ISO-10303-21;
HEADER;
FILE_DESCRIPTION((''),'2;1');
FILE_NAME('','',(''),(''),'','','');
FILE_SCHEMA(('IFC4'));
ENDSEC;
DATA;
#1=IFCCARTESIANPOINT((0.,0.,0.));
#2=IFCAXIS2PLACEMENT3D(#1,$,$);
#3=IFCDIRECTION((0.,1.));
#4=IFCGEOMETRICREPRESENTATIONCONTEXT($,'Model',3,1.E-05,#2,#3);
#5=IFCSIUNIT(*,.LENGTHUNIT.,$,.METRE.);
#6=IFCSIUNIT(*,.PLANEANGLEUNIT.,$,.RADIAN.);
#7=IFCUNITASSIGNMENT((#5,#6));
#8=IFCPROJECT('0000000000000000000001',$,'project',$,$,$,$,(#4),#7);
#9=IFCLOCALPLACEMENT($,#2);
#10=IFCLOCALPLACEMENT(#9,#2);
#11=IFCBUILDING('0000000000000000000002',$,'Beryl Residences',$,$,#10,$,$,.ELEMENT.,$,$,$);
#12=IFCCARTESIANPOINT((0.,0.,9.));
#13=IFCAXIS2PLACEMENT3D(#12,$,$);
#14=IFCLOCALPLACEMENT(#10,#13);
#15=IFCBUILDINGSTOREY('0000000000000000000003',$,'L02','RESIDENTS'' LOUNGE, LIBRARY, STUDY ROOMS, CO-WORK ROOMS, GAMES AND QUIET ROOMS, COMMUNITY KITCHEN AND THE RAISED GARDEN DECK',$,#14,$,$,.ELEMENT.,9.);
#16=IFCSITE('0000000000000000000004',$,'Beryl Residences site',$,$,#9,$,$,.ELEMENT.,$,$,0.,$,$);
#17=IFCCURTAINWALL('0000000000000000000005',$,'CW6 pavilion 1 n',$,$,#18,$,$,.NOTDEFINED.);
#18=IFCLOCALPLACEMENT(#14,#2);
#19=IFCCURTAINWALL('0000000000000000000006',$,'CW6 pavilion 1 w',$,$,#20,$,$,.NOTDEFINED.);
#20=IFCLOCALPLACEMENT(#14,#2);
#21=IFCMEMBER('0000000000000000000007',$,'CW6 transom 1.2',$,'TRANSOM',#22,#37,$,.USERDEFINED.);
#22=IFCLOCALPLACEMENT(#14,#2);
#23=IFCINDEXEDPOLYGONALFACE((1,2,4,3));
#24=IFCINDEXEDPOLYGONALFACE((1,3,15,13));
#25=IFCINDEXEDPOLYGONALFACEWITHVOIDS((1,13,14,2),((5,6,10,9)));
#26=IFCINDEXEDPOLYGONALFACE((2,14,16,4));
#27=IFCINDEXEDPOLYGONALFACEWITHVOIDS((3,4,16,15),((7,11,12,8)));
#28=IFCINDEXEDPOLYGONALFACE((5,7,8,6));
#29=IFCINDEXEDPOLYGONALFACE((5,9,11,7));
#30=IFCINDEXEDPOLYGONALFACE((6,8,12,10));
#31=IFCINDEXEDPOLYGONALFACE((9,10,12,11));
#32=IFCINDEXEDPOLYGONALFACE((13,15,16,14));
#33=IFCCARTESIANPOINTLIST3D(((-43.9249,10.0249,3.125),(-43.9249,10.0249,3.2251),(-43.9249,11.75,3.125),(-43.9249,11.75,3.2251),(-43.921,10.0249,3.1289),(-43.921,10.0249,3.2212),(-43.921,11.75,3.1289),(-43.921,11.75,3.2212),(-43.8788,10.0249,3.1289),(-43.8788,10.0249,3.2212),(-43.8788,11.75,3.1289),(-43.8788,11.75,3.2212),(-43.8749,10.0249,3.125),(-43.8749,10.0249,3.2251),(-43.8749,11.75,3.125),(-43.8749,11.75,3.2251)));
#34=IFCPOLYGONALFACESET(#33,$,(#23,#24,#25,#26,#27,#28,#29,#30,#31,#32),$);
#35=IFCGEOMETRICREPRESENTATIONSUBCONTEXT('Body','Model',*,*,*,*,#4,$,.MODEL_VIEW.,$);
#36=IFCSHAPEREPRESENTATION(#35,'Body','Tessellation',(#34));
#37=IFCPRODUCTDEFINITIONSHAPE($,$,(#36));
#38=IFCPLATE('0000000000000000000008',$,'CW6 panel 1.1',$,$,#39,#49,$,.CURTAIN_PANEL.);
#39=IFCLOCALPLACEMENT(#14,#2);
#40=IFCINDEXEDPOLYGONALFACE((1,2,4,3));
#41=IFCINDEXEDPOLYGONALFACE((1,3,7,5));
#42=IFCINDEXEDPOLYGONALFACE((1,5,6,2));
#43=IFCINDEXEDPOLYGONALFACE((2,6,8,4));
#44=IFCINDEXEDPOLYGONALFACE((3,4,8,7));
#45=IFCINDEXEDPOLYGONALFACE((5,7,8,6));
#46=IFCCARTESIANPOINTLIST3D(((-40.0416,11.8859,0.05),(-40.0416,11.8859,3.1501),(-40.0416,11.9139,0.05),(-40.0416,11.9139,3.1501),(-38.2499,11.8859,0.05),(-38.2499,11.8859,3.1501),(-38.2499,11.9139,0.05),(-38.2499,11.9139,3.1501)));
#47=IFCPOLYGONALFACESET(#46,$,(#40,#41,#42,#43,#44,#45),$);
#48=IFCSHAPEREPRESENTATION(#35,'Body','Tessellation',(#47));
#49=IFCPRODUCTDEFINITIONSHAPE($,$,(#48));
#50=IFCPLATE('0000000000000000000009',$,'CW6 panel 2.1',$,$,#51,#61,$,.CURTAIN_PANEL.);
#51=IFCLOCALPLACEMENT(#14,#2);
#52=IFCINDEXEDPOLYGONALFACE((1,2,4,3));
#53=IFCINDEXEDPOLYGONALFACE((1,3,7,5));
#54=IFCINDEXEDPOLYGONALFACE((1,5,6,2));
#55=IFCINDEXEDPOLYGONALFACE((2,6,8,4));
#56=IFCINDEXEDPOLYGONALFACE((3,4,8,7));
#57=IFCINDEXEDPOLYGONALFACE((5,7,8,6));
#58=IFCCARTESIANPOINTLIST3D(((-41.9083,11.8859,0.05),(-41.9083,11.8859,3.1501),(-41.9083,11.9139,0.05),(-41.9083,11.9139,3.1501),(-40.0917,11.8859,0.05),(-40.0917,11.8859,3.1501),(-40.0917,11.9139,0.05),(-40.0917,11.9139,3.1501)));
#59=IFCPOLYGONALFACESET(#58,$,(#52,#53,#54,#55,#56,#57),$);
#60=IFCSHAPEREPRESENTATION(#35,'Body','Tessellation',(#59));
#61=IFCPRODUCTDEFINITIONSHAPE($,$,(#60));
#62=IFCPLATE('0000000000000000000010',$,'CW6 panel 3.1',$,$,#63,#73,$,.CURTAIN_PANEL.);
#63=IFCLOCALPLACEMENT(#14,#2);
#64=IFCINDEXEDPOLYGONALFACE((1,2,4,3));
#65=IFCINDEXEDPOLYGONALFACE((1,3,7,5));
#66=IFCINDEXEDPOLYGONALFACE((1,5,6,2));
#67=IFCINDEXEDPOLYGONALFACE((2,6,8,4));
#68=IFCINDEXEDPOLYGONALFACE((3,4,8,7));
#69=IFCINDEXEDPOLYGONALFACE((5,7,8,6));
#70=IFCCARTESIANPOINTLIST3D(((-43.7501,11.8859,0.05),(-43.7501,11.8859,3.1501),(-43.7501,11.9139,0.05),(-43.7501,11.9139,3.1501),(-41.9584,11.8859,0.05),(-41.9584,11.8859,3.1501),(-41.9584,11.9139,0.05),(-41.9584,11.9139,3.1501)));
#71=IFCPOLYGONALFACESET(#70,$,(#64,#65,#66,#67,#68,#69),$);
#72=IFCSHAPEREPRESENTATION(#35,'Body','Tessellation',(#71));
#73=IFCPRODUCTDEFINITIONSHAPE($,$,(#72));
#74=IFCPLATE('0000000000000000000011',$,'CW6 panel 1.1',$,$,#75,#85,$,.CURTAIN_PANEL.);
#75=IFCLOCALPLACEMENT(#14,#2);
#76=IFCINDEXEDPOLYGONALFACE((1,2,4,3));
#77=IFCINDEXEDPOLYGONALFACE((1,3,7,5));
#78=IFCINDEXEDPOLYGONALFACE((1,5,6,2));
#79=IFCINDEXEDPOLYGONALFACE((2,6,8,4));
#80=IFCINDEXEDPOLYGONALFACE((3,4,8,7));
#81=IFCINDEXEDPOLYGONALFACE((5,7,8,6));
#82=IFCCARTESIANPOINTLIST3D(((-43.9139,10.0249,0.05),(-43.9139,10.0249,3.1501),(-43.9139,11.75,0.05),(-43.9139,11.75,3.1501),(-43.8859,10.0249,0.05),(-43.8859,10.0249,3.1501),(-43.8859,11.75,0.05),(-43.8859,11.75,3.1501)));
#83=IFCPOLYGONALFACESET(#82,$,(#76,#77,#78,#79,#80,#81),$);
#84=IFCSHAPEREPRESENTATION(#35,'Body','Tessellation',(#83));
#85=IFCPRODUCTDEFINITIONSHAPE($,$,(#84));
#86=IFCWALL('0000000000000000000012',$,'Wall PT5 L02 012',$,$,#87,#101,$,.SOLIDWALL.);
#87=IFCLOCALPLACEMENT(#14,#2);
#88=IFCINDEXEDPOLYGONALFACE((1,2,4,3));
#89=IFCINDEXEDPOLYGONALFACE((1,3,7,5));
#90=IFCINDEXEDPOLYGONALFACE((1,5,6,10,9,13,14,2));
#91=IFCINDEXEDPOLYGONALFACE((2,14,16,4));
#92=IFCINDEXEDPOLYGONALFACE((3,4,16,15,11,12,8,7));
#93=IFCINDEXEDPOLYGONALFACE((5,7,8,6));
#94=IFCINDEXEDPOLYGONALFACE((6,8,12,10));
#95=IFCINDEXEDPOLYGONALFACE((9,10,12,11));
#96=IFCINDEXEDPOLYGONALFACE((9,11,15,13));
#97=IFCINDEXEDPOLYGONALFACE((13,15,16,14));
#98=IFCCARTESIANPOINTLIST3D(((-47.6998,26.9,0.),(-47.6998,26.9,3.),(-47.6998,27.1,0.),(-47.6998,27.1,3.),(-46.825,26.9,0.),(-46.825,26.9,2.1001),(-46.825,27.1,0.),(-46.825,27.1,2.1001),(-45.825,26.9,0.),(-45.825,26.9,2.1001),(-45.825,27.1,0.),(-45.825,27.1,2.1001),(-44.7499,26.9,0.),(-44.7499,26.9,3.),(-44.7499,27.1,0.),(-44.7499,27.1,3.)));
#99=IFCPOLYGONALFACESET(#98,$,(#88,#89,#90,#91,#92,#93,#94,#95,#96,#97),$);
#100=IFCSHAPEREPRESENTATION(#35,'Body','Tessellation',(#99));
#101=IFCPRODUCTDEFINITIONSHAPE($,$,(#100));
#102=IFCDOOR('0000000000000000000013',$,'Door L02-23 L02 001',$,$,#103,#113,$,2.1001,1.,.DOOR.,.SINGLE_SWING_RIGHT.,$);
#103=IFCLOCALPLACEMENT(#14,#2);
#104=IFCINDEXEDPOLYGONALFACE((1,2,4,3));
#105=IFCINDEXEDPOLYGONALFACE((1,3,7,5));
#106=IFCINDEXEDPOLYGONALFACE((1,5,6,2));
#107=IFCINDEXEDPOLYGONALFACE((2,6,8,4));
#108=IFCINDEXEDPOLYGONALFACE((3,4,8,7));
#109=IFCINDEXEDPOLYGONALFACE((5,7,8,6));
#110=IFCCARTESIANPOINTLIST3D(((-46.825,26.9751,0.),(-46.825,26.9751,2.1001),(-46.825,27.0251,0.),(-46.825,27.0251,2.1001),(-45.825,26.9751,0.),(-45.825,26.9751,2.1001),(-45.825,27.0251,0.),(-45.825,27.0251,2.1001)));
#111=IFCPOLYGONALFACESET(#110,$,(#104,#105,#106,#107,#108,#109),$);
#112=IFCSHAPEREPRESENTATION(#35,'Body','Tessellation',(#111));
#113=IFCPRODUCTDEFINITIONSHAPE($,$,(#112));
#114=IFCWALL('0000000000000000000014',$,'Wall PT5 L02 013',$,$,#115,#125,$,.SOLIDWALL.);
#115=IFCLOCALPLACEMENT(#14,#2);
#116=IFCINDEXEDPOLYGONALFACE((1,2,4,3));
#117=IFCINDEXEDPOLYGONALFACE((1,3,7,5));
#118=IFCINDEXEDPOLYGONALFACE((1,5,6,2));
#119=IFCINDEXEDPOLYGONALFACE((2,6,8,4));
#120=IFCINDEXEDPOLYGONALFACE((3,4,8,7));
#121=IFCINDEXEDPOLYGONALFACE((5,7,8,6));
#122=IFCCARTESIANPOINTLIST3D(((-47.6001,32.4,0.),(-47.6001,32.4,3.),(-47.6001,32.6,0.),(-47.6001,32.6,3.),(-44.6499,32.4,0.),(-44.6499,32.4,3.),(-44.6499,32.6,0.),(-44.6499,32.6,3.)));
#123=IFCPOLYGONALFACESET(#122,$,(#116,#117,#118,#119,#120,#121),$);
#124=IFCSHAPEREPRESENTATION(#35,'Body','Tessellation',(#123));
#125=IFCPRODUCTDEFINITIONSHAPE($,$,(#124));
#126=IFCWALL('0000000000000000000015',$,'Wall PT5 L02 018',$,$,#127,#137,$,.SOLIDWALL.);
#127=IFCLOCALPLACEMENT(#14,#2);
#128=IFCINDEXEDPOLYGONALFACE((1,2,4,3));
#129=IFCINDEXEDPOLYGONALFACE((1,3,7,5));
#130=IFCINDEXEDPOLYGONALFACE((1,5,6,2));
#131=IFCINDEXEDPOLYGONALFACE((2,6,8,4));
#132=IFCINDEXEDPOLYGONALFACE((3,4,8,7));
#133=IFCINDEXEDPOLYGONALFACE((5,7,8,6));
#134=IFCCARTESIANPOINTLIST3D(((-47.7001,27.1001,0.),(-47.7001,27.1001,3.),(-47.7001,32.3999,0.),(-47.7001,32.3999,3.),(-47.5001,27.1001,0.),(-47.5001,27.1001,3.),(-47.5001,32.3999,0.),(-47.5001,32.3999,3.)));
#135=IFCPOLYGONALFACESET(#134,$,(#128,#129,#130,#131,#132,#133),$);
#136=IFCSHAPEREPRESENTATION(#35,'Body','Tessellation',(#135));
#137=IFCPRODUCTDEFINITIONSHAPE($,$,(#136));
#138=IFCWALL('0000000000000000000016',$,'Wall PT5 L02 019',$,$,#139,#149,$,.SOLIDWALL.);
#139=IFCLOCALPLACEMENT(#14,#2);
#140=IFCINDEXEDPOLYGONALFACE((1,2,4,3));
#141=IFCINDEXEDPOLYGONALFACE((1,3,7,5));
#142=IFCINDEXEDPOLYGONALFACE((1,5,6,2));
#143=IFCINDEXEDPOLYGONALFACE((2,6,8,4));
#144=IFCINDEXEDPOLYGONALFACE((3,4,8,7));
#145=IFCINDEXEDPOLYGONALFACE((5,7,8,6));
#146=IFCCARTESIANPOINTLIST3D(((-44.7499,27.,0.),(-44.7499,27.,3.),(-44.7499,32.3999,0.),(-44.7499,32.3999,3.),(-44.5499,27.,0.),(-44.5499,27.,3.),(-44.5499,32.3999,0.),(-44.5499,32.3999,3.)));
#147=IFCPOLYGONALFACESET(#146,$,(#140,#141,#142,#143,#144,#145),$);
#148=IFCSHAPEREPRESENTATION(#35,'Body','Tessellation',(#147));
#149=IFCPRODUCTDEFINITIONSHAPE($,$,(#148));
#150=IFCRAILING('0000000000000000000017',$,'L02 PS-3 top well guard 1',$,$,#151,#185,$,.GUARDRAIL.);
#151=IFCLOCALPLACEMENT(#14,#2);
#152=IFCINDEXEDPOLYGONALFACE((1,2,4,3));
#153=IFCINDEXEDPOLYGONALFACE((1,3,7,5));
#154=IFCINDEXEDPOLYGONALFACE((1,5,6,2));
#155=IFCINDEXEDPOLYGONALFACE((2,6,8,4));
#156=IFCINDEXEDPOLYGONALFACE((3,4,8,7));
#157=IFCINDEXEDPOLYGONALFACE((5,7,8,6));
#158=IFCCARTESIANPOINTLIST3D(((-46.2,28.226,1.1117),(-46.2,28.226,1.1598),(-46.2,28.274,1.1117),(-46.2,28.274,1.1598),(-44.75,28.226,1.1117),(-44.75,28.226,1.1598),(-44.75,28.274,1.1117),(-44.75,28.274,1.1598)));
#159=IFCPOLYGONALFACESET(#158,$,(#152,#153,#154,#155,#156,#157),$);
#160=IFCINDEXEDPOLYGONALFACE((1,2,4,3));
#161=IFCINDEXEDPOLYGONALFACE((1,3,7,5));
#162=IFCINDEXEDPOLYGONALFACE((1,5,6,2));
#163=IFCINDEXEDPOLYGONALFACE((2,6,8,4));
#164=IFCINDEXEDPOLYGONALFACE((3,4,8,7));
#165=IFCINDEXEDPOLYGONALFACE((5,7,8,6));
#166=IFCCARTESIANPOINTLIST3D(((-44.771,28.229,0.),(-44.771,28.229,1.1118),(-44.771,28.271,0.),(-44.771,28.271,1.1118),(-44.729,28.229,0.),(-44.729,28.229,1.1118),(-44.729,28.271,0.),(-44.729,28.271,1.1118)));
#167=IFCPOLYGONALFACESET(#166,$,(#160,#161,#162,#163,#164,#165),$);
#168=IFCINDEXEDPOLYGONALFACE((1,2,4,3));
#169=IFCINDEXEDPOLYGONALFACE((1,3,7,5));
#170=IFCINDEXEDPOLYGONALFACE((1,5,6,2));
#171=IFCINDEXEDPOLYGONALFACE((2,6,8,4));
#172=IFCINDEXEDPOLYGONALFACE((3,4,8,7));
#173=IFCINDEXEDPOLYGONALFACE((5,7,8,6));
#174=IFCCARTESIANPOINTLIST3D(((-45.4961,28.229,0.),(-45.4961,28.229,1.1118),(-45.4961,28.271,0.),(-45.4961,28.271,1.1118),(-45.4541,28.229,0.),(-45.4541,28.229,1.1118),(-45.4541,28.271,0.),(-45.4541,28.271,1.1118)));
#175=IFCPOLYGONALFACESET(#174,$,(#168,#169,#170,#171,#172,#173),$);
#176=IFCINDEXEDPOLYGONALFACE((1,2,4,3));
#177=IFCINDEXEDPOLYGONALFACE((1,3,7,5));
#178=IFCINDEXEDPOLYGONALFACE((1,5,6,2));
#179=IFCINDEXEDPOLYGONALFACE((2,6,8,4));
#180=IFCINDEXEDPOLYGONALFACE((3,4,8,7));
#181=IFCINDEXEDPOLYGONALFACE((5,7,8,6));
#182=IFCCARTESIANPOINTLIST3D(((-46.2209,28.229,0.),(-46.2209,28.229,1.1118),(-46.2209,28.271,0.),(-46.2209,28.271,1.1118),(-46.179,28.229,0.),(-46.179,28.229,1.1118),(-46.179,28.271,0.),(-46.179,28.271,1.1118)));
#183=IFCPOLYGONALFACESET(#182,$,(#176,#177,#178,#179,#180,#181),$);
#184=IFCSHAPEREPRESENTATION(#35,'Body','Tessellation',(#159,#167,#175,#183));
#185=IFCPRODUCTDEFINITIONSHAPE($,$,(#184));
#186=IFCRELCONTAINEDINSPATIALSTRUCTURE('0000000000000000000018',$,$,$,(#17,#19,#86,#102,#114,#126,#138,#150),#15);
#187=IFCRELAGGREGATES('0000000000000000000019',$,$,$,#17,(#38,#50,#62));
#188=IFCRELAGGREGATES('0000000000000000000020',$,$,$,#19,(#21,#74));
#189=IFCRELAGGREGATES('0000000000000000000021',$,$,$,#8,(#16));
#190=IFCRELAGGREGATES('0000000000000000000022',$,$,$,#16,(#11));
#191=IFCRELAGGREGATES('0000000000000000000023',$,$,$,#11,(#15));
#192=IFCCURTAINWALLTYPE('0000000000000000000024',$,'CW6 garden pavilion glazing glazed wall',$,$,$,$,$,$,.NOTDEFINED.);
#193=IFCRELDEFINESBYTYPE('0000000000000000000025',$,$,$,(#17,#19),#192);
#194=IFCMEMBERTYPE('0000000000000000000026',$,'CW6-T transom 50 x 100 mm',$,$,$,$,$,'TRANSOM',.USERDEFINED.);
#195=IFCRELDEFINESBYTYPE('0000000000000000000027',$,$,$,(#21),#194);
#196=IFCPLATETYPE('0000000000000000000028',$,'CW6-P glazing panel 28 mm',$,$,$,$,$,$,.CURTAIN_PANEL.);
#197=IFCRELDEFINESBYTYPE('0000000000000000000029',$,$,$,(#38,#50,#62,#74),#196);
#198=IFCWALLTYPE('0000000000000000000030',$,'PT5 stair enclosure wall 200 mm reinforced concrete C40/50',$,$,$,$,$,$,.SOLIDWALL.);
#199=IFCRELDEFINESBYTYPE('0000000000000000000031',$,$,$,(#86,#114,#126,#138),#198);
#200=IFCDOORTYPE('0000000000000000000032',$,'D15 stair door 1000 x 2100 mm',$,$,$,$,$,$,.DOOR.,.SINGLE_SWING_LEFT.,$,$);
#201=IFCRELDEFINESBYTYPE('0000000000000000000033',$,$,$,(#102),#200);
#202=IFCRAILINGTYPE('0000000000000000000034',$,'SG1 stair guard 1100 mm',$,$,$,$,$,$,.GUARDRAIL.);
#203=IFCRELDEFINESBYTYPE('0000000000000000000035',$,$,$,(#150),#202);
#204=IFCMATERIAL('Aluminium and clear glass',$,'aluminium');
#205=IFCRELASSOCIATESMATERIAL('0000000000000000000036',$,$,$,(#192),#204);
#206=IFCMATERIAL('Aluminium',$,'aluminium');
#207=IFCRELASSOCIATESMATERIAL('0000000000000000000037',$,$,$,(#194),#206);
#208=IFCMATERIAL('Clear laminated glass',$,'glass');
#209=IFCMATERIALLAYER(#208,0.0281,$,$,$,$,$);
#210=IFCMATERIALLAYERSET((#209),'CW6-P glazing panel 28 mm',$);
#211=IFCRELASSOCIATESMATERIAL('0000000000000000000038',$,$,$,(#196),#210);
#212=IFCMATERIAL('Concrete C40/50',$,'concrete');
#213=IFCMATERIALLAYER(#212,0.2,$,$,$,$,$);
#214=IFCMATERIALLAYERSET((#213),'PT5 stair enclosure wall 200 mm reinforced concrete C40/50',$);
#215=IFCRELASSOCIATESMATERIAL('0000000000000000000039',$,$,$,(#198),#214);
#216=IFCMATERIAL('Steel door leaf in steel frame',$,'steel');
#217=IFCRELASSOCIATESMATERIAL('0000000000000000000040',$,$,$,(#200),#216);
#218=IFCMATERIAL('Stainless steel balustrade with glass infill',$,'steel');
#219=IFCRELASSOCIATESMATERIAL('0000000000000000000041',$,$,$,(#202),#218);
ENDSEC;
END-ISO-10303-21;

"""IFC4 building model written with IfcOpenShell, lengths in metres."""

from ifc_helpers import new_model, si_unit, direction, frame, frame_2d, origin, origin_2d, place, context, subcontext, project, spatial, rectangle, hollow_rectangle, extrude, material, layer, layer_set, material_profile, profile_set, type_object, element, fill, aggregate, save


model = new_model("IFC4")

# Units and contexts
model_context = context("Model", 3, precision=1e-05, world=origin(), true_north=direction((0.0, 1.0)))
body_context = subcontext(model_context, "Body", "Model", "MODEL_VIEW")
ifc_project = project(units=[si_unit("LENGTHUNIT", "METRE"), si_unit("PLANEANGLEUNIT", "RADIAN")], contexts=[model_context])

# Site, building, storey
site_placement = place(None, origin())
site = spatial("IfcSite", under=ifc_project, at=site_placement, Name="Beryl Residences site", CompositionType="ELEMENT", RefElevation=0.0)
building_placement = place(site_placement, origin())
building = spatial("IfcBuilding", under=site, at=building_placement, Name="Beryl Residences", CompositionType="ELEMENT")
storey_placement = place(building_placement, frame((0.0, 0.0, 9.0)))
storey = spatial("IfcBuildingStorey", under=building, at=storey_placement, Name="L02", Description="RESIDENTS' LOUNGE, LIBRARY, STUDY ROOMS, CO-WORK ROOMS, GAMES AND QUIET ROOMS, COMMUNITY KITCHEN AND THE RAISED GARDEN DECK", CompositionType="ELEMENT", Elevation=9.0)

# Curtain wall
ifc_material_1 = material(Name="Aluminium and clear glass", Category="aluminium")
curtain_wall_type = type_object("IfcCurtainWallType", Name="CW6 garden pavilion glazing glazed wall", PredefinedType="NOTDEFINED", material=ifc_material_1)
curtain_wall_1_placement = place(storey_placement, origin())
curtain_wall_1 = element("IfcCurtainWall", 1, at=curtain_wall_1_placement, inside=storey, type_object=curtain_wall_type, Name="CW6 pavilion 1 n", PredefinedType="NOTDEFINED")

# Curtain wall
curtain_wall_2_placement = place(storey_placement, origin())
curtain_wall_2 = element("IfcCurtainWall", 2, at=curtain_wall_2_placement, inside=storey, type_object=curtain_wall_type, Name="CW6 pavilion 1 w", PredefinedType="NOTDEFINED")

# Member
ifc_material_2 = material(Name="Aluminium", Category="aluminium")
ifc_material_profile_1 = material_profile(ifc_material_2, hollow_rectangle(XDim=0.05, YDim=0.1001, WallThickness=0.0039, at=origin_2d()))
ifc_profile_set_1 = profile_set([ifc_material_profile_1], Name="Aluminium")
member_type_1 = type_object("IfcMemberType", Name="CW6-T transom 50 x 100 mm", ElementType="TRANSOM", PredefinedType="USERDEFINED", material=ifc_profile_set_1)
member_1_placement = place(storey_placement, frame((-43.8999, 11.75, 3.175), z_axis=(0.0, -1.0, 0.0), x_axis=(1.0, 0.0, 0.0)))
member_1 = element("IfcMember", 3, at=member_1_placement, type_object=member_type_1, Name="CW6 transom 1.2", ObjectType="TRANSOM", PredefinedType="USERDEFINED", context=body_context, shape_type="SweptSolid", body=[
    extrude(hollow_rectangle(XDim=0.05, YDim=0.1001, WallThickness=0.0039, at=origin_2d()), origin(), (0.0, 0.0, 1.0), 1.7251),
])

# Plates
ifc_material_3 = material(Name="Clear laminated glass", Category="glass")
ifc_layer_1 = layer(ifc_material_3, 0.0281)
ifc_layer_set_1 = layer_set([ifc_layer_1], Name="CW6-P glazing panel 28 mm")
plate_type = type_object("IfcPlateType", Name="CW6-P glazing panel 28 mm", PredefinedType="CURTAIN_PANEL", material=ifc_layer_set_1)
plate_1_placement = place(storey_placement, frame((-39.1458, 11.8999, 0.05), z_axis=(0.0, 0.0, 1.0), x_axis=(-1.0, 0.0, 0.0)))
plate_1 = element("IfcPlate", 4, at=plate_1_placement, type_object=plate_type, Name="CW6 panel 1.1", PredefinedType="CURTAIN_PANEL", context=body_context, shape_type="SweptSolid", body=[
    extrude(rectangle(XDim=1.7917, YDim=0.0281, at=origin_2d()), origin(), (0.0, 0.0, 1.0), 3.1001),
])
plate_2_placement = place(storey_placement, frame((-41.0, 11.8999, 0.05), z_axis=(0.0, 0.0, 1.0), x_axis=(-1.0, 0.0, 0.0)))
plate_2 = element("IfcPlate", 5, at=plate_2_placement, type_object=plate_type, Name="CW6 panel 2.1", PredefinedType="CURTAIN_PANEL", context=body_context, shape_type="SweptSolid", body=[
    extrude(rectangle(XDim=1.8167, YDim=0.0281, at=origin_2d()), origin(), (0.0, 0.0, 1.0), 3.1001),
])
plate_3_placement = place(storey_placement, frame((-42.8542, 11.8999, 0.05), z_axis=(0.0, 0.0, 1.0), x_axis=(-1.0, 0.0, 0.0)))
plate_3 = element("IfcPlate", 6, at=plate_3_placement, type_object=plate_type, Name="CW6 panel 3.1", PredefinedType="CURTAIN_PANEL", context=body_context, shape_type="SweptSolid", body=[
    extrude(rectangle(XDim=1.7917, YDim=0.0281, at=origin_2d()), origin(), (0.0, 0.0, 1.0), 3.1001),
])
aggregate(curtain_wall_1, [plate_1, plate_2, plate_3])
plate_4_placement = place(storey_placement, frame((-43.8999, 10.8875, 0.05), z_axis=(0.0, 0.0, 1.0), x_axis=(0.0, -1.0, 0.0)))
plate_4 = element("IfcPlate", 7, at=plate_4_placement, type_object=plate_type, Name="CW6 panel 1.1", PredefinedType="CURTAIN_PANEL", context=body_context, shape_type="SweptSolid", body=[
    extrude(rectangle(XDim=1.7251, YDim=0.0281, at=origin_2d()), origin(), (0.0, 0.0, 1.0), 3.1001),
])
aggregate(curtain_wall_2, [member_1, plate_4])

# Wall, opening, door
ifc_material_4 = material(Name="Concrete C40/50", Category="concrete")
ifc_layer_2 = layer(ifc_material_4, 0.2)
ifc_layer_set_2 = layer_set([ifc_layer_2], Name="PT5 stair enclosure wall 200 mm reinforced concrete C40/50")
wall_type = type_object("IfcWallType", Name="PT5 stair enclosure wall 200 mm reinforced concrete C40/50", PredefinedType="SOLIDWALL", material=ifc_layer_set_2)
wall_1_placement = place(storey_placement, frame((-47.7, 27.0, 0.0), z_axis=(0.0, 0.0, 1.0), x_axis=(1.0, 0.0, 0.0)))
wall_1 = element("IfcWall", 8, at=wall_1_placement, inside=storey, type_object=wall_type, Name="Wall PT5 L02 012", PredefinedType="SOLIDWALL", context=body_context, shape_type="SweptSolid", body=[
    extrude(rectangle(XDim=2.95, YDim=0.2, at=frame_2d((1.4751, 0.0))), origin(), (0.0, 0.0, 1.0), 3.0),
])
opening_placement = place(wall_1_placement, frame((1.875, 0.0, 0.0), z_axis=(0.0, 0.0, 1.0), x_axis=(-1.0, 0.0, 0.0)))
opening = element("IfcOpeningElement", 9, at=opening_placement, cuts=wall_1, PredefinedType="OPENING", context=body_context, shape_type="SweptSolid", body=[
    extrude(rectangle(XDim=1.0, YDim=2.1001, at=frame_2d((0.5, 1.05))), frame((0.0, 0.1099, 0.0), z_axis=(0.0, -1.0, 0.0), x_axis=(1.0, 0.0, 0.0)), (0.0, 0.0, 1.0), 0.22),
])
ifc_material_5 = material(Name="Steel door leaf in steel frame", Category="steel")
door_type = type_object("IfcDoorType", Name="D15 stair door 1000 x 2100 mm", OperationType="SINGLE_SWING_LEFT", PredefinedType="DOOR", material=ifc_material_5)
door_placement = place(opening_placement, origin())
door = element("IfcDoor", 10, at=door_placement, inside=storey, type_object=door_type, Name="Door L02-23 L02 001", OperationType="SINGLE_SWING_RIGHT", OverallHeight=2.1001, OverallWidth=1.0, PredefinedType="DOOR", context=body_context, shape_type="SweptSolid", body=[
    extrude(rectangle(XDim=1.0, YDim=2.1001, at=frame_2d((0.5, 1.05))), frame((0.0, 0.0249, 0.0), z_axis=(0.0, -1.0, 0.0), x_axis=(1.0, 0.0, 0.0)), (0.0, 0.0, 1.0), 0.05),
])
fill(opening, door)

# Walls
wall_2_placement = place(storey_placement, frame((-47.6001, 32.5, 0.0), z_axis=(0.0, 0.0, 1.0), x_axis=(1.0, 0.0, 0.0)))
element("IfcWall", 11, at=wall_2_placement, inside=storey, type_object=wall_type, Name="Wall PT5 L02 013", PredefinedType="SOLIDWALL", context=body_context, shape_type="SweptSolid", body=[
    extrude(rectangle(XDim=2.9502, YDim=0.2, at=frame_2d((1.4751, 0.0))), origin(), (0.0, 0.0, 1.0), 3.0),
])
wall_3_placement = place(storey_placement, frame((-47.6001, 27.1001, 0.0), z_axis=(0.0, 0.0, 1.0), x_axis=(0.0, 1.0, 0.0)))
element("IfcWall", 12, at=wall_3_placement, inside=storey, type_object=wall_type, Name="Wall PT5 L02 018", PredefinedType="SOLIDWALL", context=body_context, shape_type="SweptSolid", body=[
    extrude(rectangle(XDim=5.2998, YDim=0.2, at=frame_2d((2.6499, 0.0))), origin(), (0.0, 0.0, 1.0), 3.0),
])
wall_4_placement = place(storey_placement, frame((-44.6499, 27.0, 0.0), z_axis=(0.0, 0.0, 1.0), x_axis=(0.0, 1.0, 0.0)))
element("IfcWall", 13, at=wall_4_placement, inside=storey, type_object=wall_type, Name="Wall PT5 L02 019", PredefinedType="SOLIDWALL", context=body_context, shape_type="SweptSolid", body=[
    extrude(rectangle(XDim=5.3999, YDim=0.2, at=frame_2d((2.7, 0.0))), origin(), (0.0, 0.0, 1.0), 3.0),
])

# Railing
ifc_material_6 = material(Name="Stainless steel balustrade with glass infill", Category="steel")
railing_type = type_object("IfcRailingType", Name="SG1 stair guard 1100 mm", PredefinedType="GUARDRAIL", material=ifc_material_6)
railing_placement = place(storey_placement, frame((-44.75, 28.25, 0.0)))
element("IfcRailing", 14, at=railing_placement, inside=storey, type_object=railing_type, Name="L02 PS-3 top well guard 1", PredefinedType="GUARDRAIL", context=body_context, shape_type="SweptSolid", body=[
    extrude(rectangle(XDim=0.0481, YDim=0.0481, at=origin_2d()), frame((0.0, 0.0, 1.1357), z_axis=(-1.0, 0.0, 0.0), x_axis=(0.0, -1.0, 0.0)), (0.0, 0.0, 1.0), 1.45),
    extrude(rectangle(XDim=0.042, YDim=0.042, at=origin_2d()), origin(), (0.0, 0.0, 1.0), 1.1118),
    extrude(rectangle(XDim=0.042, YDim=0.042, at=origin_2d()), frame((-0.7251, 0.0, 0.0)), (0.0, 0.0, 1.0), 1.1118),
    extrude(rectangle(XDim=0.042, YDim=0.042, at=origin_2d()), frame((-1.45, 0.0, 0.0)), (0.0, 0.0, 1.0), 1.1118),
])

save(model, "model.ifc")
